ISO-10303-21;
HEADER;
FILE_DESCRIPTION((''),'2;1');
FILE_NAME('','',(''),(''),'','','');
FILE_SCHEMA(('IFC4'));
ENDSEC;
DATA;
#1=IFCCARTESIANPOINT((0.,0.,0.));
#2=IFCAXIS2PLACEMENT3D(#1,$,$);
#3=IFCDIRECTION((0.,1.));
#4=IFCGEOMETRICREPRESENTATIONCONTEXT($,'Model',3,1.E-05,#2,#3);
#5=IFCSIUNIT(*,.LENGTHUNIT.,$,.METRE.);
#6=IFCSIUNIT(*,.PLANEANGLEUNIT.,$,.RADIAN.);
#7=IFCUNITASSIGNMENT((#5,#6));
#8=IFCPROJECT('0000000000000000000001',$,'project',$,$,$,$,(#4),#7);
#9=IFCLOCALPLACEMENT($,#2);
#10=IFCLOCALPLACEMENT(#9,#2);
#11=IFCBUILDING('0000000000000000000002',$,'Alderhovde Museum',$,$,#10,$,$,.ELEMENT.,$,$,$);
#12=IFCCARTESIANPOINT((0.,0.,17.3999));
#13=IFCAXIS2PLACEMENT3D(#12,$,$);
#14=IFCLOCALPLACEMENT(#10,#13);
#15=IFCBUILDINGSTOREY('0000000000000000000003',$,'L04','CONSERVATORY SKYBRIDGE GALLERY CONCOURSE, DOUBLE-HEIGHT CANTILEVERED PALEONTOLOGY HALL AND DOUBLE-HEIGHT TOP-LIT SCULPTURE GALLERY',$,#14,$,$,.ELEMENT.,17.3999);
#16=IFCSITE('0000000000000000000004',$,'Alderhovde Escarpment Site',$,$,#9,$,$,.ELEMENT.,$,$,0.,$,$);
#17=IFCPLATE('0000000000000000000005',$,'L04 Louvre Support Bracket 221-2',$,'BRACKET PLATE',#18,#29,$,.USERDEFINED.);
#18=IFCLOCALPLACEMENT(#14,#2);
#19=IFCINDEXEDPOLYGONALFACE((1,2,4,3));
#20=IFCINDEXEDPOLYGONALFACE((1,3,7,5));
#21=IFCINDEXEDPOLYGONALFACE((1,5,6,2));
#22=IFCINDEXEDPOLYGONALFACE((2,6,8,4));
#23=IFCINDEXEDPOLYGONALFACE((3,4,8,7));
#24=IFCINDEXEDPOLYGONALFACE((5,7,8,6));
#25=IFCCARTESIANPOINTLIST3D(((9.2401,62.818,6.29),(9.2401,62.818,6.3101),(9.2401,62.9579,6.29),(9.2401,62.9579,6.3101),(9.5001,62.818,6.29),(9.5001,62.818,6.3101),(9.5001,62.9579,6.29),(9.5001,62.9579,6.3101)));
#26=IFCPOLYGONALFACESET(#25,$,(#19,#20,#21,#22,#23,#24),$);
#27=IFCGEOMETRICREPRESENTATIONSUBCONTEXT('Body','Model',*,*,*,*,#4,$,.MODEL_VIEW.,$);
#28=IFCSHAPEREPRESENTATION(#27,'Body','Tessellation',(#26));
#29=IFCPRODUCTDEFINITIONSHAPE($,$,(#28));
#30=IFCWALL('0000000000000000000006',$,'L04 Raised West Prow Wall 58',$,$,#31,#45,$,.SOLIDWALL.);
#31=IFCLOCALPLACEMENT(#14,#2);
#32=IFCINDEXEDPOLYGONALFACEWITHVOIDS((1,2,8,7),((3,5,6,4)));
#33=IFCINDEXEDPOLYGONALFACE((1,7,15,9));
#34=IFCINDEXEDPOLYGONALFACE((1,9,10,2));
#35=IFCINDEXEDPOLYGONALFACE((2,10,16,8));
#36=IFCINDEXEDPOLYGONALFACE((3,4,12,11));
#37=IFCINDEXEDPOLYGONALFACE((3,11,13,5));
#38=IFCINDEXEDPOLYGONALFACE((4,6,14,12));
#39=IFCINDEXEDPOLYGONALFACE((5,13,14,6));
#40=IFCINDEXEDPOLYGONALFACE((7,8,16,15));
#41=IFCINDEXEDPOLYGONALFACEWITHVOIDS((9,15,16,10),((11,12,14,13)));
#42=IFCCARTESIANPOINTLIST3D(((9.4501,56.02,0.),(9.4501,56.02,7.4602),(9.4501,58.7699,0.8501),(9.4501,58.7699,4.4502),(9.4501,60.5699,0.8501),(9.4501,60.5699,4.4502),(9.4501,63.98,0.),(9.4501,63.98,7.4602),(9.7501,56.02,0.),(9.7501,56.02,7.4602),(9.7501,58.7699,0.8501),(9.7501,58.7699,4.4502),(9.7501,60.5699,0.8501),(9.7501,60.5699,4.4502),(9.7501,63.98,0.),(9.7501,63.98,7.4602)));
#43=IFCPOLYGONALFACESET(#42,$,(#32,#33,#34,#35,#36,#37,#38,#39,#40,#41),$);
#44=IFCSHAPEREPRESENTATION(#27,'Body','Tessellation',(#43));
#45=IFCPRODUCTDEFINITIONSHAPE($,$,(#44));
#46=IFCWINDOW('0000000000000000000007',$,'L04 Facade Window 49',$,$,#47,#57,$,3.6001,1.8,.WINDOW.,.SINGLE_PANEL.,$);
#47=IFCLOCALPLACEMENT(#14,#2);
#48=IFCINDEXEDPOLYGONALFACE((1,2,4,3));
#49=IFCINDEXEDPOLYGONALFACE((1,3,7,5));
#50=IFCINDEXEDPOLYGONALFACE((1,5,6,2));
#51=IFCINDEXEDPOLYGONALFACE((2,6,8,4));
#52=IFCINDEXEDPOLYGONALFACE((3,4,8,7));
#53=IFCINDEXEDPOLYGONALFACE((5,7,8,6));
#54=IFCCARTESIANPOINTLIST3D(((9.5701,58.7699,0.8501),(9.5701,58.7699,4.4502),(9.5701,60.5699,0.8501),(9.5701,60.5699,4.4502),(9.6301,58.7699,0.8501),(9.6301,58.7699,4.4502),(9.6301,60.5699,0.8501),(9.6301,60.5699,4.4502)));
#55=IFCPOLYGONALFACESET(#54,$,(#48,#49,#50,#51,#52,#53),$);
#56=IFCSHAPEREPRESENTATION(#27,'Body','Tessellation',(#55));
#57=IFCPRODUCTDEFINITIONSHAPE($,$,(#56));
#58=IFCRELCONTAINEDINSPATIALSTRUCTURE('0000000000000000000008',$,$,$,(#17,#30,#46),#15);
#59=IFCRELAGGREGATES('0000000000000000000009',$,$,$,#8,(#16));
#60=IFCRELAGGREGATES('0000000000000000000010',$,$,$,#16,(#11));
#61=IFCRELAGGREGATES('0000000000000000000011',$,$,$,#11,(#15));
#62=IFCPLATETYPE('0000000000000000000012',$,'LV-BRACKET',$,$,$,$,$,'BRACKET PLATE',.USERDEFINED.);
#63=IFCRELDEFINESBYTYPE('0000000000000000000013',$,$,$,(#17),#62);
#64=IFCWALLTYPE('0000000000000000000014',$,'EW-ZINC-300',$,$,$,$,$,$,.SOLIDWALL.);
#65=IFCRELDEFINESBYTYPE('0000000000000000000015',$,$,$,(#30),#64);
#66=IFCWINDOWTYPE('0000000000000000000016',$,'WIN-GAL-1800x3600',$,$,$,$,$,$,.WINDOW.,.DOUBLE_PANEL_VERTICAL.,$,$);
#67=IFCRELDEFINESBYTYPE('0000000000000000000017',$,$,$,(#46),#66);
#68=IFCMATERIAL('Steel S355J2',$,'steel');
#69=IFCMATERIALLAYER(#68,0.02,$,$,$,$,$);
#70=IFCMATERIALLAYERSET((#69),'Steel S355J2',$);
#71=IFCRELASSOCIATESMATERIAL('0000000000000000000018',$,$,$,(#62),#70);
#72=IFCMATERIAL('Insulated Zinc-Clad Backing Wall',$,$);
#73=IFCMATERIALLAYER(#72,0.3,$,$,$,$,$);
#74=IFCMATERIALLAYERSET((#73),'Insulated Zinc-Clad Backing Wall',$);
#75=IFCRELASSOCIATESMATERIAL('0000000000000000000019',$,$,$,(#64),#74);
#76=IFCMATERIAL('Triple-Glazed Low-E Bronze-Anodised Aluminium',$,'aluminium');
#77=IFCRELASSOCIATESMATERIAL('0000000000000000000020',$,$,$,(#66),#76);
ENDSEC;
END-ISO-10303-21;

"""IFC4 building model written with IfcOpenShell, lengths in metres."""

from ifc_helpers import new_model, si_unit, direction, frame, frame_2d, origin, origin_2d, place, context, subcontext, project, spatial, rectangle, extrude, material, layer, layer_set, type_object, element, fill, save


model = new_model("IFC4")

# Units and contexts
model_context = context("Model", 3, precision=1e-05, world=origin(), true_north=direction((0.0, 1.0)))
body_context = subcontext(model_context, "Body", "Model", "MODEL_VIEW")
ifc_project = project(units=[si_unit("LENGTHUNIT", "METRE"), si_unit("PLANEANGLEUNIT", "RADIAN")], contexts=[model_context])

# Site, building, storey
site_placement = place(None, origin())
site = spatial("IfcSite", under=ifc_project, at=site_placement, Name="Alderhovde Escarpment Site", CompositionType="ELEMENT", RefElevation=0.0)
building_placement = place(site_placement, origin())
building = spatial("IfcBuilding", under=site, at=building_placement, Name="Alderhovde Museum", CompositionType="ELEMENT")
storey_placement = place(building_placement, frame((0.0, 0.0, 17.3999)))
storey = spatial("IfcBuildingStorey", under=building, at=storey_placement, Name="L04", Description="CONSERVATORY SKYBRIDGE GALLERY CONCOURSE, DOUBLE-HEIGHT CANTILEVERED PALEONTOLOGY HALL AND DOUBLE-HEIGHT TOP-LIT SCULPTURE GALLERY", CompositionType="ELEMENT", Elevation=17.3999)

# Plate
ifc_material_1 = material(Name="Steel S355J2", Category="steel")
ifc_layer_1 = layer(ifc_material_1, 0.02)
ifc_layer_set_1 = layer_set([ifc_layer_1], Name="Steel S355J2")
plate_type_1 = type_object("IfcPlateType", Name="LV-BRACKET", ElementType="BRACKET PLATE", PredefinedType="USERDEFINED", material=ifc_layer_set_1)
for number, where, z_axis, x_axis, name in (
    (1, (9.3701, 62.8879, 6.29), (0.0, 0.0, 1.0), (0.0, 1.0, 0.0), "L04 Louvre Support Bracket 221-2"),
):
    element("IfcPlate", number, at=place(storey_placement, frame(where, z_axis=z_axis, x_axis=x_axis)), inside=storey, type_object=plate_type_1, Name=name, ObjectType="BRACKET PLATE", PredefinedType="USERDEFINED", context=body_context, shape_type="SweptSolid", body=[
        extrude(rectangle(XDim=0.1399, YDim=0.26, at=origin_2d()), origin(), (0.0, 0.0, 1.0), 0.02),
    ])

# Wall, opening, window
ifc_material_2 = material(Name="Insulated Zinc-Clad Backing Wall")
ifc_layer_2 = layer(ifc_material_2, 0.3)
ifc_layer_set_2 = layer_set([ifc_layer_2], Name="Insulated Zinc-Clad Backing Wall")
wall_type = type_object("IfcWallType", Name="EW-ZINC-300", PredefinedType="SOLIDWALL", material=ifc_layer_set_2)
wall_placement = place(storey_placement, frame((9.6001, 56.02, 0.0), z_axis=(0.0, 0.0, 1.0), x_axis=(0.0, 1.0, 0.0)))
wall = element("IfcWall", 2, at=wall_placement, inside=storey, type_object=wall_type, Name="L04 Raised West Prow Wall 58", PredefinedType="SOLIDWALL", context=body_context, shape_type="SweptSolid", body=[
    extrude(rectangle(XDim=7.96, YDim=0.3, at=frame_2d((3.98, 0.0))), origin(), (0.0, 0.0, 1.0), 7.4602),
])
opening_placement = place(wall_placement, frame((2.75, 0.0, 0.8501)))
opening = element("IfcOpeningElement", 3, at=opening_placement, cuts=wall, PredefinedType="OPENING", context=body_context, shape_type="SweptSolid", body=[
    extrude(rectangle(XDim=1.8, YDim=3.6001, at=frame_2d((0.8999, 1.8))), frame((0.0, 0.1599, 0.0), z_axis=(0.0, -1.0, 0.0), x_axis=(1.0, 0.0, 0.0)), (0.0, 0.0, 1.0), 0.3201),
])
ifc_material_3 = material(Name="Triple-Glazed Low-E Bronze-Anodised Aluminium", Category="aluminium")
window_type = type_object("IfcWindowType", Name="WIN-GAL-1800x3600", PartitioningType="DOUBLE_PANEL_VERTICAL", PredefinedType="WINDOW", material=ifc_material_3)
window_placement = place(opening_placement, origin())
window = element("IfcWindow", 4, at=window_placement, inside=storey, type_object=window_type, Name="L04 Facade Window 49", OverallHeight=3.6001, OverallWidth=1.8, PartitioningType="SINGLE_PANEL", PredefinedType="WINDOW", context=body_context, shape_type="SweptSolid", body=[
    extrude(rectangle(XDim=1.8, YDim=3.6001, at=frame_2d((0.8999, 1.8))), frame((0.0, 0.03, 0.0), z_axis=(0.0, -1.0, 0.0), x_axis=(1.0, 0.0, 0.0)), (0.0, 0.0, 1.0), 0.0601),
])
fill(opening, window)

save(model, "model.ifc")
